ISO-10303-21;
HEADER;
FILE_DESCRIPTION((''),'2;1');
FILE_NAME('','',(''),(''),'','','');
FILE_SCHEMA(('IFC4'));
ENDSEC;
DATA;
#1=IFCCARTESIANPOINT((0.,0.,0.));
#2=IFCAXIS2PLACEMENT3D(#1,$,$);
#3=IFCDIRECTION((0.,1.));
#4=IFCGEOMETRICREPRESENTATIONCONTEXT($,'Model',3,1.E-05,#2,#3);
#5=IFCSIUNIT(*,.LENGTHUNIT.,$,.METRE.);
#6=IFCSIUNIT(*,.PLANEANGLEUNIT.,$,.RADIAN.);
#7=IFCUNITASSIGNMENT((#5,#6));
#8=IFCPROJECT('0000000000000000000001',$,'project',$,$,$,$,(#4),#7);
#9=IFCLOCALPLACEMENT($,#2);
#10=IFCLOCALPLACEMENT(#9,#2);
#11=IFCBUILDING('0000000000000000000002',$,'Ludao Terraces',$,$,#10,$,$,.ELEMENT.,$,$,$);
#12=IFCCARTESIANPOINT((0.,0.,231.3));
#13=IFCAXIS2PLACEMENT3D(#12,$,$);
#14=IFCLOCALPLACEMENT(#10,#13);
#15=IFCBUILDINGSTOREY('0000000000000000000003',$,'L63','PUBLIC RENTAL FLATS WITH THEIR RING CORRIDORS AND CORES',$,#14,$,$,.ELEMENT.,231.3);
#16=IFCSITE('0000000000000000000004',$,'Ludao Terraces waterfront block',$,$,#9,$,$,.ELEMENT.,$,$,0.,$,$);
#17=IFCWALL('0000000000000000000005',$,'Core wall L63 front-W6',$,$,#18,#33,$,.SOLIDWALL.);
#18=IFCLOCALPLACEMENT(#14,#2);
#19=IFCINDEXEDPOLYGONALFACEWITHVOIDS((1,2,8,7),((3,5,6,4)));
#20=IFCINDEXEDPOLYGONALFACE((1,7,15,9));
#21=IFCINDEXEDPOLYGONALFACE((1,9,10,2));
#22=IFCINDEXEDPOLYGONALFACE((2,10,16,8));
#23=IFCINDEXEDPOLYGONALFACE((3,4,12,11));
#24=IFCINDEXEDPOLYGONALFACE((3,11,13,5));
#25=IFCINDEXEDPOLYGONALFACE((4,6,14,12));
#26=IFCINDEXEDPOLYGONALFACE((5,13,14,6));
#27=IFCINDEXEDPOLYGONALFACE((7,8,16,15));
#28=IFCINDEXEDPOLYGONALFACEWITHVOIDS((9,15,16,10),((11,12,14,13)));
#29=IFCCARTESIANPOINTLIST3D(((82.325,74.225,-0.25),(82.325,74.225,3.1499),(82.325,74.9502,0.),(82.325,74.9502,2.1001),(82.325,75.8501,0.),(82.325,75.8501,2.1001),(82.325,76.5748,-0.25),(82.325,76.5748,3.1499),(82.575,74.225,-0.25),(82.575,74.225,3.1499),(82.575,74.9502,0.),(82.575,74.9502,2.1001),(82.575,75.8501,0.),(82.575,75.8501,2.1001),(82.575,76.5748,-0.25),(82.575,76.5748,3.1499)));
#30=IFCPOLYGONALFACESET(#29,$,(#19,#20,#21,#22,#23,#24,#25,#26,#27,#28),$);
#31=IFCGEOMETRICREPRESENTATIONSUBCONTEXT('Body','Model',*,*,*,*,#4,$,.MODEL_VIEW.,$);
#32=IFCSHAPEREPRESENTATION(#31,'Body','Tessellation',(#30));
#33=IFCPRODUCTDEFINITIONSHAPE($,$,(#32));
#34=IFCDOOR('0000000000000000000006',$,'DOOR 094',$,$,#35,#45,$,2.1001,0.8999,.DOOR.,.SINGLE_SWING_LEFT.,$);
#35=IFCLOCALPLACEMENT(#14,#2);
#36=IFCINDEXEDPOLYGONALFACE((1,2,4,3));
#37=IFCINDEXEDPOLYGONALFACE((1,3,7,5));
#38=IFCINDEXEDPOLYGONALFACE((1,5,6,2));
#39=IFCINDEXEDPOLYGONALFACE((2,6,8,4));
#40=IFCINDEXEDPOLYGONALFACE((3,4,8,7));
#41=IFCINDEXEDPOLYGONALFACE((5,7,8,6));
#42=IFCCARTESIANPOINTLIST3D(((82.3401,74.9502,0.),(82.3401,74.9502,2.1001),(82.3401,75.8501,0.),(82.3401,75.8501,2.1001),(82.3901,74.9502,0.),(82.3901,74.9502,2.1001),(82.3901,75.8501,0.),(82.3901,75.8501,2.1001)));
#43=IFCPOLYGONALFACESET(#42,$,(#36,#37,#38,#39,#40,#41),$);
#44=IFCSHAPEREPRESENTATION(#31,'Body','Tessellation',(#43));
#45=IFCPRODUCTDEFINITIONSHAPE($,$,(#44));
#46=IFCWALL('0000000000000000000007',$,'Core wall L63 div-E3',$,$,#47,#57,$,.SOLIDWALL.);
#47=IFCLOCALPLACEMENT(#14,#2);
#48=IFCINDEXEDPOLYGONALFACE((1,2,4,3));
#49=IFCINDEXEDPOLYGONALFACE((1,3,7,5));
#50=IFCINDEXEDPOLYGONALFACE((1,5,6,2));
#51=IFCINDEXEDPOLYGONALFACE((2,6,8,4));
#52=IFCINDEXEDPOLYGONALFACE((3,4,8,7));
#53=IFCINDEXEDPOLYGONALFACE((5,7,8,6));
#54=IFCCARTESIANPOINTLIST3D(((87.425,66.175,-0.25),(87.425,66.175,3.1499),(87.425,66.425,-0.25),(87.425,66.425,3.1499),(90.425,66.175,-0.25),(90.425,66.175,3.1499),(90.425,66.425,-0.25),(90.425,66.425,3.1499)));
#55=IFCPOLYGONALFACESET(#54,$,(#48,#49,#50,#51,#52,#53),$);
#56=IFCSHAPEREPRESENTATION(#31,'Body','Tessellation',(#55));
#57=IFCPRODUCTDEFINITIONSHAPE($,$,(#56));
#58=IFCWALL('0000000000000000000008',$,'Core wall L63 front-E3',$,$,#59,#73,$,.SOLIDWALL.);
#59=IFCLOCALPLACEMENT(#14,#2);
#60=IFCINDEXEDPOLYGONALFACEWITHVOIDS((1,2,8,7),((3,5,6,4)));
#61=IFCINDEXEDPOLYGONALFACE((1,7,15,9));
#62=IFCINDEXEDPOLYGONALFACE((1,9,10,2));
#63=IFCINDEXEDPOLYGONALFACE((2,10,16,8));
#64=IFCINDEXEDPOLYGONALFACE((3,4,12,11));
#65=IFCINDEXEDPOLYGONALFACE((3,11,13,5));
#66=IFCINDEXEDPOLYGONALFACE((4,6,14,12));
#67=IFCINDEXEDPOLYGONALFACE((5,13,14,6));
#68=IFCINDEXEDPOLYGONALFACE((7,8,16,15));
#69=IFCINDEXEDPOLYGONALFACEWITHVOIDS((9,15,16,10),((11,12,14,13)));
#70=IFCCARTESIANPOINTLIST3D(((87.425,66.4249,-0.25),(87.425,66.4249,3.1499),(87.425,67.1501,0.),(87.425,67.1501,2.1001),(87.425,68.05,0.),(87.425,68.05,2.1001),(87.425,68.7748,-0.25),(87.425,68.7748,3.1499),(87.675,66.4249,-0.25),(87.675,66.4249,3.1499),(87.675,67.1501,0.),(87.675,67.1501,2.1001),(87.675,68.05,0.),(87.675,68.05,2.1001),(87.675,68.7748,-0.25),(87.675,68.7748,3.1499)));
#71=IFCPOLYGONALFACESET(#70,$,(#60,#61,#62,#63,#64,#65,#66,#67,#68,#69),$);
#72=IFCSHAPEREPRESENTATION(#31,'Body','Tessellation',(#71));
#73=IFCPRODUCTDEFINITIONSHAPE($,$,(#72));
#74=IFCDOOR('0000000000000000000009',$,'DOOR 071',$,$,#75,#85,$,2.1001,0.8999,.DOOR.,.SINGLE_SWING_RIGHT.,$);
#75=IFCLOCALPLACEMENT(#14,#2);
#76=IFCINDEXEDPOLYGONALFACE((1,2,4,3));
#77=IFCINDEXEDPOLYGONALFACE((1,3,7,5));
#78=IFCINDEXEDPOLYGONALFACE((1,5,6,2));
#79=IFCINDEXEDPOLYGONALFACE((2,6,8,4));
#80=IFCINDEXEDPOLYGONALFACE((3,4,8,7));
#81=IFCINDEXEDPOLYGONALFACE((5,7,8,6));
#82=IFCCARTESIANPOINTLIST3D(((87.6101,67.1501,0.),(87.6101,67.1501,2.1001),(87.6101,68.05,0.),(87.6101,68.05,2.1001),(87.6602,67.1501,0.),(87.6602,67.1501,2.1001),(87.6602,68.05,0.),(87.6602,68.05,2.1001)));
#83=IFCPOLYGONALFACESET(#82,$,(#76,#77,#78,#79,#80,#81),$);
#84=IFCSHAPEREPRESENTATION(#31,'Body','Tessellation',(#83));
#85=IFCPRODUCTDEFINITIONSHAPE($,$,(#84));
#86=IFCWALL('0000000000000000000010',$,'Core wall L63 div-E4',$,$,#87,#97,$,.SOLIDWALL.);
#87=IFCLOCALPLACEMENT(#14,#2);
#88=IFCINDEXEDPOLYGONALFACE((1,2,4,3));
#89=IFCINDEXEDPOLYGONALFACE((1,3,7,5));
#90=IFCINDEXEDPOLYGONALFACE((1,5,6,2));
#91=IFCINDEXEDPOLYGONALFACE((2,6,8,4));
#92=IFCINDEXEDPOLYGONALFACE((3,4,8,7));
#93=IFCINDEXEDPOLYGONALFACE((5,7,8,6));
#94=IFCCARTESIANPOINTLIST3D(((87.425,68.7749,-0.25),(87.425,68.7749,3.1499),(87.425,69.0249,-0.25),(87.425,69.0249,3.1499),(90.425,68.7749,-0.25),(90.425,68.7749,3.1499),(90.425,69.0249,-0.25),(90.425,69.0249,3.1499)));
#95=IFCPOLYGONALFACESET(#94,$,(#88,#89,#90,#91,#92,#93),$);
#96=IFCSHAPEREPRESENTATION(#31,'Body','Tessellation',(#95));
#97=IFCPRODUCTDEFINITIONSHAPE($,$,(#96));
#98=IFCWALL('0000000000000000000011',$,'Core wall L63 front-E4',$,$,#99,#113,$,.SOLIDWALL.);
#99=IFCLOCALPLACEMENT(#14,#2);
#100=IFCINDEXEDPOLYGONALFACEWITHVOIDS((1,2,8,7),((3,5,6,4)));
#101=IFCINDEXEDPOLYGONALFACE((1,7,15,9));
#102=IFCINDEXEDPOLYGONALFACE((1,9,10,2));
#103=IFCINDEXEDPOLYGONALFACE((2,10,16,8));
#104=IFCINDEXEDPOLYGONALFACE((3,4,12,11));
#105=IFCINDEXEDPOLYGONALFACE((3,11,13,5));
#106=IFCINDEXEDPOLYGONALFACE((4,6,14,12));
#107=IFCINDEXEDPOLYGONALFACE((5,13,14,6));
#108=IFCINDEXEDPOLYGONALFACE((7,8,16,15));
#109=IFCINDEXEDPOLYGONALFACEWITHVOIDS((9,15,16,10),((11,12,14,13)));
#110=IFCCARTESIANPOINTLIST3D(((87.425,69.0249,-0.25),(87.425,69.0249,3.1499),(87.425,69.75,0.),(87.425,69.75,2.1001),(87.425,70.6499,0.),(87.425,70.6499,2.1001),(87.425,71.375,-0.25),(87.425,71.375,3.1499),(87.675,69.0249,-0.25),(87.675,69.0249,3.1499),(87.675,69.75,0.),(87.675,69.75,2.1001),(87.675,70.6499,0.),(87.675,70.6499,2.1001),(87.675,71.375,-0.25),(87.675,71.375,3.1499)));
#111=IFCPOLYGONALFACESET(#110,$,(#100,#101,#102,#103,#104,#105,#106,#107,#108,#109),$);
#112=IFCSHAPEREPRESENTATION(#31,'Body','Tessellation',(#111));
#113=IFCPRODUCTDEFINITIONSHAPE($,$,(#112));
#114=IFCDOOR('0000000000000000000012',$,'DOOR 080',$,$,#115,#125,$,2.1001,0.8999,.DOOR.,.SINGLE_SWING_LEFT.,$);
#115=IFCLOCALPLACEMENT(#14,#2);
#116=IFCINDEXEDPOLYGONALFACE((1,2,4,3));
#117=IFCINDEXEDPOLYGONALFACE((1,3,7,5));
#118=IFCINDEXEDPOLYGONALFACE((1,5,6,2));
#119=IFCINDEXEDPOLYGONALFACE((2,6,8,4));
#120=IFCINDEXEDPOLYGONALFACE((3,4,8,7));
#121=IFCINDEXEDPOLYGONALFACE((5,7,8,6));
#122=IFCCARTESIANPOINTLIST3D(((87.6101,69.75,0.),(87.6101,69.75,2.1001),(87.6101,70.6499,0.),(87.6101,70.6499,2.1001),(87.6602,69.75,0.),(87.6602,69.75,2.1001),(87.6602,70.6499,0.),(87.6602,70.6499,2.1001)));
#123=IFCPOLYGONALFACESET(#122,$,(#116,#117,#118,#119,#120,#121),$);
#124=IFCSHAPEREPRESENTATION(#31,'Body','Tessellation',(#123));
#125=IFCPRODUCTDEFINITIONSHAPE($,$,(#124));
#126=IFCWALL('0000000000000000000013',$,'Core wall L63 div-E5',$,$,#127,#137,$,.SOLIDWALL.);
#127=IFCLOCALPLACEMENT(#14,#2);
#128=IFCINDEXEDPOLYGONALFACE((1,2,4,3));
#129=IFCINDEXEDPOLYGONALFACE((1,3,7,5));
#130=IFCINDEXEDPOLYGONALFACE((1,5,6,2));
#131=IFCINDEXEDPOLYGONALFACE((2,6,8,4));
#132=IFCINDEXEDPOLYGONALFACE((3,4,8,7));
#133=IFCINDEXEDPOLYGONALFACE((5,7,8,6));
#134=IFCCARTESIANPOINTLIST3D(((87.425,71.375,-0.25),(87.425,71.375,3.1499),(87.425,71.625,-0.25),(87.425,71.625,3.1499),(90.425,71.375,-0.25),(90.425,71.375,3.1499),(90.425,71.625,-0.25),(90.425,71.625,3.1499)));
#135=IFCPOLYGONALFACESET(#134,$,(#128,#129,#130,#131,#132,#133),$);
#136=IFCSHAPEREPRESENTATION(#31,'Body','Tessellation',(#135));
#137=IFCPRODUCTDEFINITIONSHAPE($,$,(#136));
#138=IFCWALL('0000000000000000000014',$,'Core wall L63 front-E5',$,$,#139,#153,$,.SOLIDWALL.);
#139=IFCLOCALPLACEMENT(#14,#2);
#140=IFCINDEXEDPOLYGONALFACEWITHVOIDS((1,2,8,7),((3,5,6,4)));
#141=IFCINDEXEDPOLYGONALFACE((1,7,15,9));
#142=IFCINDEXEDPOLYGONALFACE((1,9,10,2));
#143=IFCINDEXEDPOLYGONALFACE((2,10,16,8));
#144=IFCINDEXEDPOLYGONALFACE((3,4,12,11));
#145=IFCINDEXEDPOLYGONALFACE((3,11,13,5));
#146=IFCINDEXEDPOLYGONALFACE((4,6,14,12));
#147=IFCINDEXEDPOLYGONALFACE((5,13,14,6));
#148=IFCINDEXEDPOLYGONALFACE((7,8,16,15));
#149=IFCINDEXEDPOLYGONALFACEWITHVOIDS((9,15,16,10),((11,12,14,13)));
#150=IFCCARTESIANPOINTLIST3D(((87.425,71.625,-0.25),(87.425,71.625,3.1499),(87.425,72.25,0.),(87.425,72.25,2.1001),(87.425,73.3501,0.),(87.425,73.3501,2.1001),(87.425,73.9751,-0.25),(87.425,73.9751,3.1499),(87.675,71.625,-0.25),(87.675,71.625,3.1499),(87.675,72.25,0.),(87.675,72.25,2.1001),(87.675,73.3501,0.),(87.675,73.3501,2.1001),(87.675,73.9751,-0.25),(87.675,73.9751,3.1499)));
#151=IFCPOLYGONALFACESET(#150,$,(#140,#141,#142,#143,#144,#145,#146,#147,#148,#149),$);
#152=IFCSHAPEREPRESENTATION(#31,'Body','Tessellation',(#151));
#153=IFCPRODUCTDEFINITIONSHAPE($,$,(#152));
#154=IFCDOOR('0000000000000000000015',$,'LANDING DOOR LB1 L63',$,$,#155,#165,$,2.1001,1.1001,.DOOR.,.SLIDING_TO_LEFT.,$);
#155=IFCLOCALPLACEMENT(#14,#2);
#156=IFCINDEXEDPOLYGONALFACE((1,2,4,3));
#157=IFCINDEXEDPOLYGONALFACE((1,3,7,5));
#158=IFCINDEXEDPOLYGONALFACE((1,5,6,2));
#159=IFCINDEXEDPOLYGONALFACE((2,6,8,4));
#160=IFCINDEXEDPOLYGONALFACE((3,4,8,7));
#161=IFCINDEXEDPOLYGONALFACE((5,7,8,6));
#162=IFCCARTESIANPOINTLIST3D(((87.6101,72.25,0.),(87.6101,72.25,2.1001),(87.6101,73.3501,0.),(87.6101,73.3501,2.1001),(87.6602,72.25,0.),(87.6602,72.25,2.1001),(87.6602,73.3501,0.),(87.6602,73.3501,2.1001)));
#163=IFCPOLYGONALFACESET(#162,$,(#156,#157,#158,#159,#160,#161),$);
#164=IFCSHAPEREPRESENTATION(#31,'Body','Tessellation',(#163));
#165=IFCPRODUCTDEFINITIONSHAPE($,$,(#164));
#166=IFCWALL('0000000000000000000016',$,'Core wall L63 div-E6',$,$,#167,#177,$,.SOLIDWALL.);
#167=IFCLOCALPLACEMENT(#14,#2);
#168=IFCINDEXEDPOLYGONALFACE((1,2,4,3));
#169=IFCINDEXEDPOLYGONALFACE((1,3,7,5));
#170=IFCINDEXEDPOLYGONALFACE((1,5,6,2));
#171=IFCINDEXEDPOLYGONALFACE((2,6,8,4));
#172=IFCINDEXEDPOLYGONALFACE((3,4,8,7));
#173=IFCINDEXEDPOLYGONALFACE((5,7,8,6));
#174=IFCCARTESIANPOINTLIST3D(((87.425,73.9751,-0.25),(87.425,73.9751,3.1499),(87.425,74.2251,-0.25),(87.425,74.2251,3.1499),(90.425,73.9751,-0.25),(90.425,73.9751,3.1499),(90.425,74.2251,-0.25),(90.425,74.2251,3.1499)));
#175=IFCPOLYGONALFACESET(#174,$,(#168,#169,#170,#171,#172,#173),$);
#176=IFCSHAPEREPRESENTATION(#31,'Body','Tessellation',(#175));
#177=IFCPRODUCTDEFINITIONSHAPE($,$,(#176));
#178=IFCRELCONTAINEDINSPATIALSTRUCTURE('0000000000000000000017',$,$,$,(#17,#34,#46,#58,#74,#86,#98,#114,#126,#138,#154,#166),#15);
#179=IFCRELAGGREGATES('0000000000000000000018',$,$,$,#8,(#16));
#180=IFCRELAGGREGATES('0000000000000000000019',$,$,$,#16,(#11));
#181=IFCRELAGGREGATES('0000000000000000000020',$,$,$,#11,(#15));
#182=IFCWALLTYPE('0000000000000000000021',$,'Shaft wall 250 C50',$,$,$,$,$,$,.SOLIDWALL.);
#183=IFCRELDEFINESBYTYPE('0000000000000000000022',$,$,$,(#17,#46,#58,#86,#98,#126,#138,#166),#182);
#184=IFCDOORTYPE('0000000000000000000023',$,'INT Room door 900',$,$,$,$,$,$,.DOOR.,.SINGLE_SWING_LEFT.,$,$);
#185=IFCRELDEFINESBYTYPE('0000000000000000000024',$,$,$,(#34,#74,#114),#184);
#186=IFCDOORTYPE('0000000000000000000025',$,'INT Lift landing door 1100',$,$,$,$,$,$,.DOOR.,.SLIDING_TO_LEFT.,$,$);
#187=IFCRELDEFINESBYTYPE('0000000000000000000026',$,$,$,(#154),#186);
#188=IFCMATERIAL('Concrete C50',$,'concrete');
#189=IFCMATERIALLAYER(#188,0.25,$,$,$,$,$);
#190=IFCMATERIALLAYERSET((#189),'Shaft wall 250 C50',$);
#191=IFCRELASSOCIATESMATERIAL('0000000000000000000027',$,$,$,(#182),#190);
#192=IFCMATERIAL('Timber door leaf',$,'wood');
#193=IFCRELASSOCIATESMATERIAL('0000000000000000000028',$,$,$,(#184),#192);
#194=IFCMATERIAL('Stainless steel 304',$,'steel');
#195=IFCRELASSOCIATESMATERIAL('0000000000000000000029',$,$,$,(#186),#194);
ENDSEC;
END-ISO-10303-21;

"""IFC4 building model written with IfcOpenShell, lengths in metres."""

from ifc_helpers import new_model, si_unit, direction, frame, frame_2d, origin, place, context, subcontext, project, spatial, rectangle, extrude, material, layer, layer_set, type_object, element, fill, save


model = new_model("IFC4")

# Units and contexts
model_context = context("Model", 3, precision=1e-05, world=origin(), true_north=direction((0.0, 1.0)))
body_context = subcontext(model_context, "Body", "Model", "MODEL_VIEW")
ifc_project = project(units=[si_unit("LENGTHUNIT", "METRE"), si_unit("PLANEANGLEUNIT", "RADIAN")], contexts=[model_context])

# Site, building, storey
site_placement = place(None, origin())
site = spatial("IfcSite", under=ifc_project, at=site_placement, Name="Ludao Terraces waterfront block", CompositionType="ELEMENT", RefElevation=0.0)
building_placement = place(site_placement, origin())
building = spatial("IfcBuilding", under=site, at=building_placement, Name="Ludao Terraces", CompositionType="ELEMENT")
storey_placement = place(building_placement, frame((0.0, 0.0, 231.3)))
storey = spatial("IfcBuildingStorey", under=building, at=storey_placement, Name="L63", Description="PUBLIC RENTAL FLATS WITH THEIR RING CORRIDORS AND CORES", CompositionType="ELEMENT", Elevation=231.3)

# Wall, opening, door
ifc_material_1 = material(Name="Concrete C50", Category="concrete")
ifc_layer_1 = layer(ifc_material_1, 0.25)
ifc_layer_set_1 = layer_set([ifc_layer_1], Name="Shaft wall 250 C50")
wall_type_1 = type_object("IfcWallType", Name="Shaft wall 250 C50", PredefinedType="SOLIDWALL", material=ifc_layer_set_1)
wall_1_placement = place(storey_placement, frame((82.45, 74.2251, -0.25), z_axis=(0.0, 0.0, 1.0), x_axis=(0.0, 1.0, 0.0)))
wall_1 = element("IfcWall", 1, at=wall_1_placement, inside=storey, type_object=wall_type_1, Name="Core wall L63 front-W6", PredefinedType="SOLIDWALL", context=body_context, shape_type="SweptSolid", body=[
    extrude(rectangle(XDim=2.3499, YDim=0.25, at=frame_2d((1.1748, 0.0))), origin(), (0.0, 0.0, 1.0), 3.3999),
])
opening_1_placement = place(wall_1_placement, frame((0.7251, 0.0, 0.25)))
opening_1 = element("IfcOpeningElement", 2, at=opening_1_placement, cuts=wall_1, PredefinedType="OPENING", context=body_context, shape_type="SweptSolid", body=[
    extrude(rectangle(XDim=0.8999, YDim=2.1001, at=frame_2d((0.45, 1.05))), frame((0.0, 0.135, 0.0), z_axis=(0.0, -1.0, 0.0), x_axis=(1.0, 0.0, 0.0)), (0.0, 0.0, 1.0), 0.27),
])
ifc_material_2 = material(Name="Timber door leaf", Category="wood")
door_type_1 = type_object("IfcDoorType", Name="INT Room door 900", OperationType="SINGLE_SWING_LEFT", PredefinedType="DOOR", material=ifc_material_2)
door_1_placement = place(opening_1_placement, origin())
door_1 = element("IfcDoor", 3, at=door_1_placement, inside=storey, type_object=door_type_1, Name="DOOR 094", OperationType="SINGLE_SWING_LEFT", OverallHeight=2.1001, OverallWidth=0.8999, PredefinedType="DOOR", context=body_context, shape_type="SweptSolid", body=[
    extrude(rectangle(XDim=0.8999, YDim=2.1001, at=frame_2d((0.45, 1.05))), frame((0.0, 0.1099, 0.0), z_axis=(0.0, -1.0, 0.0), x_axis=(1.0, 0.0, 0.0)), (0.0, 0.0, 1.0), 0.05),
])
fill(opening_1, door_1)

# Wall
wall_2_placement = place(storey_placement, frame((87.425, 66.3, -0.25), z_axis=(0.0, 0.0, 1.0), x_axis=(1.0, 0.0, 0.0)))
element("IfcWall", 4, at=wall_2_placement, inside=storey, type_object=wall_type_1, Name="Core wall L63 div-E3", PredefinedType="SOLIDWALL", context=body_context, shape_type="SweptSolid", body=[
    extrude(rectangle(XDim=3.0, YDim=0.25, at=frame_2d((1.5, 0.0))), origin(), (0.0, 0.0, 1.0), 3.3999),
])

# Wall, opening, door
wall_3_placement = place(storey_placement, frame((87.55, 66.425, -0.25), z_axis=(0.0, 0.0, 1.0), x_axis=(0.0, 1.0, 0.0)))
wall_3 = element("IfcWall", 5, at=wall_3_placement, inside=storey, type_object=wall_type_1, Name="Core wall L63 front-E3", PredefinedType="SOLIDWALL", context=body_context, shape_type="SweptSolid", body=[
    extrude(rectangle(XDim=2.3499, YDim=0.25, at=frame_2d((1.1748, 0.0))), origin(), (0.0, 0.0, 1.0), 3.3999),
])
opening_2_placement = place(wall_3_placement, frame((0.7251, 0.0, 0.25)))
opening_2 = element("IfcOpeningElement", 6, at=opening_2_placement, cuts=wall_3, PredefinedType="OPENING", context=body_context, shape_type="SweptSolid", body=[
    extrude(rectangle(XDim=0.8999, YDim=2.1001, at=frame_2d((0.45, 1.05))), frame((0.0, 0.135, 0.0), z_axis=(0.0, -1.0, 0.0), x_axis=(1.0, 0.0, 0.0)), (0.0, 0.0, 1.0), 0.27),
])
door_2_placement = place(opening_2_placement, origin())
door_2 = element("IfcDoor", 7, at=door_2_placement, inside=storey, type_object=door_type_1, Name="DOOR 071", OperationType="SINGLE_SWING_RIGHT", OverallHeight=2.1001, OverallWidth=0.8999, PredefinedType="DOOR", context=body_context, shape_type="SweptSolid", body=[
    extrude(rectangle(XDim=0.8999, YDim=2.1001, at=frame_2d((0.45, 1.05))), frame((0.0, -0.0601, 0.0), z_axis=(0.0, -1.0, 0.0), x_axis=(1.0, 0.0, 0.0)), (0.0, 0.0, 1.0), 0.05),
])
fill(opening_2, door_2)

# Wall
wall_4_placement = place(storey_placement, frame((87.425, 68.8999, -0.25), z_axis=(0.0, 0.0, 1.0), x_axis=(1.0, 0.0, 0.0)))
element("IfcWall", 8, at=wall_4_placement, inside=storey, type_object=wall_type_1, Name="Core wall L63 div-E4", PredefinedType="SOLIDWALL", context=body_context, shape_type="SweptSolid", body=[
    extrude(rectangle(XDim=3.0, YDim=0.25, at=frame_2d((1.5, 0.0))), origin(), (0.0, 0.0, 1.0), 3.3999),
])

# Wall, opening, door
wall_5_placement = place(storey_placement, frame((87.55, 69.0249, -0.25), z_axis=(0.0, 0.0, 1.0), x_axis=(0.0, 1.0, 0.0)))
wall_5 = element("IfcWall", 9, at=wall_5_placement, inside=storey, type_object=wall_type_1, Name="Core wall L63 front-E4", PredefinedType="SOLIDWALL", context=body_context, shape_type="SweptSolid", body=[
    extrude(rectangle(XDim=2.3501, YDim=0.25, at=frame_2d((1.175, 0.0))), origin(), (0.0, 0.0, 1.0), 3.3999),
])
opening_3_placement = place(wall_5_placement, frame((0.7251, 0.0, 0.25)))
opening_3 = element("IfcOpeningElement", 10, at=opening_3_placement, cuts=wall_5, PredefinedType="OPENING", context=body_context, shape_type="SweptSolid", body=[
    extrude(rectangle(XDim=0.8999, YDim=2.1001, at=frame_2d((0.45, 1.05))), frame((0.0, 0.135, 0.0), z_axis=(0.0, -1.0, 0.0), x_axis=(1.0, 0.0, 0.0)), (0.0, 0.0, 1.0), 0.27),
])
door_3_placement = place(opening_3_placement, origin())
door_3 = element("IfcDoor", 11, at=door_3_placement, inside=storey, type_object=door_type_1, Name="DOOR 080", OperationType="SINGLE_SWING_LEFT", OverallHeight=2.1001, OverallWidth=0.8999, PredefinedType="DOOR", context=body_context, shape_type="SweptSolid", body=[
    extrude(rectangle(XDim=0.8999, YDim=2.1001, at=frame_2d((0.45, 1.05))), frame((0.0, -0.0601, 0.0), z_axis=(0.0, -1.0, 0.0), x_axis=(1.0, 0.0, 0.0)), (0.0, 0.0, 1.0), 0.05),
])
fill(opening_3, door_3)

# Wall
wall_6_placement = place(storey_placement, frame((87.425, 71.5, -0.25), z_axis=(0.0, 0.0, 1.0), x_axis=(1.0, 0.0, 0.0)))
element("IfcWall", 12, at=wall_6_placement, inside=storey, type_object=wall_type_1, Name="Core wall L63 div-E5", PredefinedType="SOLIDWALL", context=body_context, shape_type="SweptSolid", body=[
    extrude(rectangle(XDim=3.0, YDim=0.25, at=frame_2d((1.5, 0.0))), origin(), (0.0, 0.0, 1.0), 3.3999),
])

# Wall, opening, door
wall_7_placement = place(storey_placement, frame((87.55, 71.625, -0.25), z_axis=(0.0, 0.0, 1.0), x_axis=(0.0, 1.0, 0.0)))
wall_7 = element("IfcWall", 13, at=wall_7_placement, inside=storey, type_object=wall_type_1, Name="Core wall L63 front-E5", PredefinedType="SOLIDWALL", context=body_context, shape_type="SweptSolid", body=[
    extrude(rectangle(XDim=2.3501, YDim=0.25, at=frame_2d((1.175, 0.0))), origin(), (0.0, 0.0, 1.0), 3.3999),
])
opening_4_placement = place(wall_7_placement, frame((0.625, 0.0, 0.25)))
opening_4 = element("IfcOpeningElement", 14, at=opening_4_placement, cuts=wall_7, PredefinedType="OPENING", context=body_context, shape_type="SweptSolid", body=[
    extrude(rectangle(XDim=1.1001, YDim=2.1001, at=frame_2d((0.55, 1.05))), frame((0.0, 0.135, 0.0), z_axis=(0.0, -1.0, 0.0), x_axis=(1.0, 0.0, 0.0)), (0.0, 0.0, 1.0), 0.27),
])
ifc_material_3 = material(Name="Stainless steel 304", Category="steel")
door_type_2 = type_object("IfcDoorType", Name="INT Lift landing door 1100", OperationType="SLIDING_TO_LEFT", PredefinedType="DOOR", material=ifc_material_3)
door_4_placement = place(opening_4_placement, origin())
door_4 = element("IfcDoor", 15, at=door_4_placement, inside=storey, type_object=door_type_2, Name="LANDING DOOR LB1 L63", OperationType="SLIDING_TO_LEFT", OverallHeight=2.1001, OverallWidth=1.1001, PredefinedType="DOOR", context=body_context, shape_type="SweptSolid", body=[
    extrude(rectangle(XDim=1.1001, YDim=2.1001, at=frame_2d((0.55, 1.05))), frame((0.0, -0.0601, 0.0), z_axis=(0.0, -1.0, 0.0), x_axis=(1.0, 0.0, 0.0)), (0.0, 0.0, 1.0), 0.05),
])
fill(opening_4, door_4)

# Wall
wall_8_placement = place(storey_placement, frame((87.425, 74.1001, -0.25), z_axis=(0.0, 0.0, 1.0), x_axis=(1.0, 0.0, 0.0)))
element("IfcWall", 16, at=wall_8_placement, inside=storey, type_object=wall_type_1, Name="Core wall L63 div-E6", PredefinedType="SOLIDWALL", context=body_context, shape_type="SweptSolid", body=[
    extrude(rectangle(XDim=3.0, YDim=0.25, at=frame_2d((1.5, 0.0))), origin(), (0.0, 0.0, 1.0), 3.3999),
])

save(model, "model.ifc")
